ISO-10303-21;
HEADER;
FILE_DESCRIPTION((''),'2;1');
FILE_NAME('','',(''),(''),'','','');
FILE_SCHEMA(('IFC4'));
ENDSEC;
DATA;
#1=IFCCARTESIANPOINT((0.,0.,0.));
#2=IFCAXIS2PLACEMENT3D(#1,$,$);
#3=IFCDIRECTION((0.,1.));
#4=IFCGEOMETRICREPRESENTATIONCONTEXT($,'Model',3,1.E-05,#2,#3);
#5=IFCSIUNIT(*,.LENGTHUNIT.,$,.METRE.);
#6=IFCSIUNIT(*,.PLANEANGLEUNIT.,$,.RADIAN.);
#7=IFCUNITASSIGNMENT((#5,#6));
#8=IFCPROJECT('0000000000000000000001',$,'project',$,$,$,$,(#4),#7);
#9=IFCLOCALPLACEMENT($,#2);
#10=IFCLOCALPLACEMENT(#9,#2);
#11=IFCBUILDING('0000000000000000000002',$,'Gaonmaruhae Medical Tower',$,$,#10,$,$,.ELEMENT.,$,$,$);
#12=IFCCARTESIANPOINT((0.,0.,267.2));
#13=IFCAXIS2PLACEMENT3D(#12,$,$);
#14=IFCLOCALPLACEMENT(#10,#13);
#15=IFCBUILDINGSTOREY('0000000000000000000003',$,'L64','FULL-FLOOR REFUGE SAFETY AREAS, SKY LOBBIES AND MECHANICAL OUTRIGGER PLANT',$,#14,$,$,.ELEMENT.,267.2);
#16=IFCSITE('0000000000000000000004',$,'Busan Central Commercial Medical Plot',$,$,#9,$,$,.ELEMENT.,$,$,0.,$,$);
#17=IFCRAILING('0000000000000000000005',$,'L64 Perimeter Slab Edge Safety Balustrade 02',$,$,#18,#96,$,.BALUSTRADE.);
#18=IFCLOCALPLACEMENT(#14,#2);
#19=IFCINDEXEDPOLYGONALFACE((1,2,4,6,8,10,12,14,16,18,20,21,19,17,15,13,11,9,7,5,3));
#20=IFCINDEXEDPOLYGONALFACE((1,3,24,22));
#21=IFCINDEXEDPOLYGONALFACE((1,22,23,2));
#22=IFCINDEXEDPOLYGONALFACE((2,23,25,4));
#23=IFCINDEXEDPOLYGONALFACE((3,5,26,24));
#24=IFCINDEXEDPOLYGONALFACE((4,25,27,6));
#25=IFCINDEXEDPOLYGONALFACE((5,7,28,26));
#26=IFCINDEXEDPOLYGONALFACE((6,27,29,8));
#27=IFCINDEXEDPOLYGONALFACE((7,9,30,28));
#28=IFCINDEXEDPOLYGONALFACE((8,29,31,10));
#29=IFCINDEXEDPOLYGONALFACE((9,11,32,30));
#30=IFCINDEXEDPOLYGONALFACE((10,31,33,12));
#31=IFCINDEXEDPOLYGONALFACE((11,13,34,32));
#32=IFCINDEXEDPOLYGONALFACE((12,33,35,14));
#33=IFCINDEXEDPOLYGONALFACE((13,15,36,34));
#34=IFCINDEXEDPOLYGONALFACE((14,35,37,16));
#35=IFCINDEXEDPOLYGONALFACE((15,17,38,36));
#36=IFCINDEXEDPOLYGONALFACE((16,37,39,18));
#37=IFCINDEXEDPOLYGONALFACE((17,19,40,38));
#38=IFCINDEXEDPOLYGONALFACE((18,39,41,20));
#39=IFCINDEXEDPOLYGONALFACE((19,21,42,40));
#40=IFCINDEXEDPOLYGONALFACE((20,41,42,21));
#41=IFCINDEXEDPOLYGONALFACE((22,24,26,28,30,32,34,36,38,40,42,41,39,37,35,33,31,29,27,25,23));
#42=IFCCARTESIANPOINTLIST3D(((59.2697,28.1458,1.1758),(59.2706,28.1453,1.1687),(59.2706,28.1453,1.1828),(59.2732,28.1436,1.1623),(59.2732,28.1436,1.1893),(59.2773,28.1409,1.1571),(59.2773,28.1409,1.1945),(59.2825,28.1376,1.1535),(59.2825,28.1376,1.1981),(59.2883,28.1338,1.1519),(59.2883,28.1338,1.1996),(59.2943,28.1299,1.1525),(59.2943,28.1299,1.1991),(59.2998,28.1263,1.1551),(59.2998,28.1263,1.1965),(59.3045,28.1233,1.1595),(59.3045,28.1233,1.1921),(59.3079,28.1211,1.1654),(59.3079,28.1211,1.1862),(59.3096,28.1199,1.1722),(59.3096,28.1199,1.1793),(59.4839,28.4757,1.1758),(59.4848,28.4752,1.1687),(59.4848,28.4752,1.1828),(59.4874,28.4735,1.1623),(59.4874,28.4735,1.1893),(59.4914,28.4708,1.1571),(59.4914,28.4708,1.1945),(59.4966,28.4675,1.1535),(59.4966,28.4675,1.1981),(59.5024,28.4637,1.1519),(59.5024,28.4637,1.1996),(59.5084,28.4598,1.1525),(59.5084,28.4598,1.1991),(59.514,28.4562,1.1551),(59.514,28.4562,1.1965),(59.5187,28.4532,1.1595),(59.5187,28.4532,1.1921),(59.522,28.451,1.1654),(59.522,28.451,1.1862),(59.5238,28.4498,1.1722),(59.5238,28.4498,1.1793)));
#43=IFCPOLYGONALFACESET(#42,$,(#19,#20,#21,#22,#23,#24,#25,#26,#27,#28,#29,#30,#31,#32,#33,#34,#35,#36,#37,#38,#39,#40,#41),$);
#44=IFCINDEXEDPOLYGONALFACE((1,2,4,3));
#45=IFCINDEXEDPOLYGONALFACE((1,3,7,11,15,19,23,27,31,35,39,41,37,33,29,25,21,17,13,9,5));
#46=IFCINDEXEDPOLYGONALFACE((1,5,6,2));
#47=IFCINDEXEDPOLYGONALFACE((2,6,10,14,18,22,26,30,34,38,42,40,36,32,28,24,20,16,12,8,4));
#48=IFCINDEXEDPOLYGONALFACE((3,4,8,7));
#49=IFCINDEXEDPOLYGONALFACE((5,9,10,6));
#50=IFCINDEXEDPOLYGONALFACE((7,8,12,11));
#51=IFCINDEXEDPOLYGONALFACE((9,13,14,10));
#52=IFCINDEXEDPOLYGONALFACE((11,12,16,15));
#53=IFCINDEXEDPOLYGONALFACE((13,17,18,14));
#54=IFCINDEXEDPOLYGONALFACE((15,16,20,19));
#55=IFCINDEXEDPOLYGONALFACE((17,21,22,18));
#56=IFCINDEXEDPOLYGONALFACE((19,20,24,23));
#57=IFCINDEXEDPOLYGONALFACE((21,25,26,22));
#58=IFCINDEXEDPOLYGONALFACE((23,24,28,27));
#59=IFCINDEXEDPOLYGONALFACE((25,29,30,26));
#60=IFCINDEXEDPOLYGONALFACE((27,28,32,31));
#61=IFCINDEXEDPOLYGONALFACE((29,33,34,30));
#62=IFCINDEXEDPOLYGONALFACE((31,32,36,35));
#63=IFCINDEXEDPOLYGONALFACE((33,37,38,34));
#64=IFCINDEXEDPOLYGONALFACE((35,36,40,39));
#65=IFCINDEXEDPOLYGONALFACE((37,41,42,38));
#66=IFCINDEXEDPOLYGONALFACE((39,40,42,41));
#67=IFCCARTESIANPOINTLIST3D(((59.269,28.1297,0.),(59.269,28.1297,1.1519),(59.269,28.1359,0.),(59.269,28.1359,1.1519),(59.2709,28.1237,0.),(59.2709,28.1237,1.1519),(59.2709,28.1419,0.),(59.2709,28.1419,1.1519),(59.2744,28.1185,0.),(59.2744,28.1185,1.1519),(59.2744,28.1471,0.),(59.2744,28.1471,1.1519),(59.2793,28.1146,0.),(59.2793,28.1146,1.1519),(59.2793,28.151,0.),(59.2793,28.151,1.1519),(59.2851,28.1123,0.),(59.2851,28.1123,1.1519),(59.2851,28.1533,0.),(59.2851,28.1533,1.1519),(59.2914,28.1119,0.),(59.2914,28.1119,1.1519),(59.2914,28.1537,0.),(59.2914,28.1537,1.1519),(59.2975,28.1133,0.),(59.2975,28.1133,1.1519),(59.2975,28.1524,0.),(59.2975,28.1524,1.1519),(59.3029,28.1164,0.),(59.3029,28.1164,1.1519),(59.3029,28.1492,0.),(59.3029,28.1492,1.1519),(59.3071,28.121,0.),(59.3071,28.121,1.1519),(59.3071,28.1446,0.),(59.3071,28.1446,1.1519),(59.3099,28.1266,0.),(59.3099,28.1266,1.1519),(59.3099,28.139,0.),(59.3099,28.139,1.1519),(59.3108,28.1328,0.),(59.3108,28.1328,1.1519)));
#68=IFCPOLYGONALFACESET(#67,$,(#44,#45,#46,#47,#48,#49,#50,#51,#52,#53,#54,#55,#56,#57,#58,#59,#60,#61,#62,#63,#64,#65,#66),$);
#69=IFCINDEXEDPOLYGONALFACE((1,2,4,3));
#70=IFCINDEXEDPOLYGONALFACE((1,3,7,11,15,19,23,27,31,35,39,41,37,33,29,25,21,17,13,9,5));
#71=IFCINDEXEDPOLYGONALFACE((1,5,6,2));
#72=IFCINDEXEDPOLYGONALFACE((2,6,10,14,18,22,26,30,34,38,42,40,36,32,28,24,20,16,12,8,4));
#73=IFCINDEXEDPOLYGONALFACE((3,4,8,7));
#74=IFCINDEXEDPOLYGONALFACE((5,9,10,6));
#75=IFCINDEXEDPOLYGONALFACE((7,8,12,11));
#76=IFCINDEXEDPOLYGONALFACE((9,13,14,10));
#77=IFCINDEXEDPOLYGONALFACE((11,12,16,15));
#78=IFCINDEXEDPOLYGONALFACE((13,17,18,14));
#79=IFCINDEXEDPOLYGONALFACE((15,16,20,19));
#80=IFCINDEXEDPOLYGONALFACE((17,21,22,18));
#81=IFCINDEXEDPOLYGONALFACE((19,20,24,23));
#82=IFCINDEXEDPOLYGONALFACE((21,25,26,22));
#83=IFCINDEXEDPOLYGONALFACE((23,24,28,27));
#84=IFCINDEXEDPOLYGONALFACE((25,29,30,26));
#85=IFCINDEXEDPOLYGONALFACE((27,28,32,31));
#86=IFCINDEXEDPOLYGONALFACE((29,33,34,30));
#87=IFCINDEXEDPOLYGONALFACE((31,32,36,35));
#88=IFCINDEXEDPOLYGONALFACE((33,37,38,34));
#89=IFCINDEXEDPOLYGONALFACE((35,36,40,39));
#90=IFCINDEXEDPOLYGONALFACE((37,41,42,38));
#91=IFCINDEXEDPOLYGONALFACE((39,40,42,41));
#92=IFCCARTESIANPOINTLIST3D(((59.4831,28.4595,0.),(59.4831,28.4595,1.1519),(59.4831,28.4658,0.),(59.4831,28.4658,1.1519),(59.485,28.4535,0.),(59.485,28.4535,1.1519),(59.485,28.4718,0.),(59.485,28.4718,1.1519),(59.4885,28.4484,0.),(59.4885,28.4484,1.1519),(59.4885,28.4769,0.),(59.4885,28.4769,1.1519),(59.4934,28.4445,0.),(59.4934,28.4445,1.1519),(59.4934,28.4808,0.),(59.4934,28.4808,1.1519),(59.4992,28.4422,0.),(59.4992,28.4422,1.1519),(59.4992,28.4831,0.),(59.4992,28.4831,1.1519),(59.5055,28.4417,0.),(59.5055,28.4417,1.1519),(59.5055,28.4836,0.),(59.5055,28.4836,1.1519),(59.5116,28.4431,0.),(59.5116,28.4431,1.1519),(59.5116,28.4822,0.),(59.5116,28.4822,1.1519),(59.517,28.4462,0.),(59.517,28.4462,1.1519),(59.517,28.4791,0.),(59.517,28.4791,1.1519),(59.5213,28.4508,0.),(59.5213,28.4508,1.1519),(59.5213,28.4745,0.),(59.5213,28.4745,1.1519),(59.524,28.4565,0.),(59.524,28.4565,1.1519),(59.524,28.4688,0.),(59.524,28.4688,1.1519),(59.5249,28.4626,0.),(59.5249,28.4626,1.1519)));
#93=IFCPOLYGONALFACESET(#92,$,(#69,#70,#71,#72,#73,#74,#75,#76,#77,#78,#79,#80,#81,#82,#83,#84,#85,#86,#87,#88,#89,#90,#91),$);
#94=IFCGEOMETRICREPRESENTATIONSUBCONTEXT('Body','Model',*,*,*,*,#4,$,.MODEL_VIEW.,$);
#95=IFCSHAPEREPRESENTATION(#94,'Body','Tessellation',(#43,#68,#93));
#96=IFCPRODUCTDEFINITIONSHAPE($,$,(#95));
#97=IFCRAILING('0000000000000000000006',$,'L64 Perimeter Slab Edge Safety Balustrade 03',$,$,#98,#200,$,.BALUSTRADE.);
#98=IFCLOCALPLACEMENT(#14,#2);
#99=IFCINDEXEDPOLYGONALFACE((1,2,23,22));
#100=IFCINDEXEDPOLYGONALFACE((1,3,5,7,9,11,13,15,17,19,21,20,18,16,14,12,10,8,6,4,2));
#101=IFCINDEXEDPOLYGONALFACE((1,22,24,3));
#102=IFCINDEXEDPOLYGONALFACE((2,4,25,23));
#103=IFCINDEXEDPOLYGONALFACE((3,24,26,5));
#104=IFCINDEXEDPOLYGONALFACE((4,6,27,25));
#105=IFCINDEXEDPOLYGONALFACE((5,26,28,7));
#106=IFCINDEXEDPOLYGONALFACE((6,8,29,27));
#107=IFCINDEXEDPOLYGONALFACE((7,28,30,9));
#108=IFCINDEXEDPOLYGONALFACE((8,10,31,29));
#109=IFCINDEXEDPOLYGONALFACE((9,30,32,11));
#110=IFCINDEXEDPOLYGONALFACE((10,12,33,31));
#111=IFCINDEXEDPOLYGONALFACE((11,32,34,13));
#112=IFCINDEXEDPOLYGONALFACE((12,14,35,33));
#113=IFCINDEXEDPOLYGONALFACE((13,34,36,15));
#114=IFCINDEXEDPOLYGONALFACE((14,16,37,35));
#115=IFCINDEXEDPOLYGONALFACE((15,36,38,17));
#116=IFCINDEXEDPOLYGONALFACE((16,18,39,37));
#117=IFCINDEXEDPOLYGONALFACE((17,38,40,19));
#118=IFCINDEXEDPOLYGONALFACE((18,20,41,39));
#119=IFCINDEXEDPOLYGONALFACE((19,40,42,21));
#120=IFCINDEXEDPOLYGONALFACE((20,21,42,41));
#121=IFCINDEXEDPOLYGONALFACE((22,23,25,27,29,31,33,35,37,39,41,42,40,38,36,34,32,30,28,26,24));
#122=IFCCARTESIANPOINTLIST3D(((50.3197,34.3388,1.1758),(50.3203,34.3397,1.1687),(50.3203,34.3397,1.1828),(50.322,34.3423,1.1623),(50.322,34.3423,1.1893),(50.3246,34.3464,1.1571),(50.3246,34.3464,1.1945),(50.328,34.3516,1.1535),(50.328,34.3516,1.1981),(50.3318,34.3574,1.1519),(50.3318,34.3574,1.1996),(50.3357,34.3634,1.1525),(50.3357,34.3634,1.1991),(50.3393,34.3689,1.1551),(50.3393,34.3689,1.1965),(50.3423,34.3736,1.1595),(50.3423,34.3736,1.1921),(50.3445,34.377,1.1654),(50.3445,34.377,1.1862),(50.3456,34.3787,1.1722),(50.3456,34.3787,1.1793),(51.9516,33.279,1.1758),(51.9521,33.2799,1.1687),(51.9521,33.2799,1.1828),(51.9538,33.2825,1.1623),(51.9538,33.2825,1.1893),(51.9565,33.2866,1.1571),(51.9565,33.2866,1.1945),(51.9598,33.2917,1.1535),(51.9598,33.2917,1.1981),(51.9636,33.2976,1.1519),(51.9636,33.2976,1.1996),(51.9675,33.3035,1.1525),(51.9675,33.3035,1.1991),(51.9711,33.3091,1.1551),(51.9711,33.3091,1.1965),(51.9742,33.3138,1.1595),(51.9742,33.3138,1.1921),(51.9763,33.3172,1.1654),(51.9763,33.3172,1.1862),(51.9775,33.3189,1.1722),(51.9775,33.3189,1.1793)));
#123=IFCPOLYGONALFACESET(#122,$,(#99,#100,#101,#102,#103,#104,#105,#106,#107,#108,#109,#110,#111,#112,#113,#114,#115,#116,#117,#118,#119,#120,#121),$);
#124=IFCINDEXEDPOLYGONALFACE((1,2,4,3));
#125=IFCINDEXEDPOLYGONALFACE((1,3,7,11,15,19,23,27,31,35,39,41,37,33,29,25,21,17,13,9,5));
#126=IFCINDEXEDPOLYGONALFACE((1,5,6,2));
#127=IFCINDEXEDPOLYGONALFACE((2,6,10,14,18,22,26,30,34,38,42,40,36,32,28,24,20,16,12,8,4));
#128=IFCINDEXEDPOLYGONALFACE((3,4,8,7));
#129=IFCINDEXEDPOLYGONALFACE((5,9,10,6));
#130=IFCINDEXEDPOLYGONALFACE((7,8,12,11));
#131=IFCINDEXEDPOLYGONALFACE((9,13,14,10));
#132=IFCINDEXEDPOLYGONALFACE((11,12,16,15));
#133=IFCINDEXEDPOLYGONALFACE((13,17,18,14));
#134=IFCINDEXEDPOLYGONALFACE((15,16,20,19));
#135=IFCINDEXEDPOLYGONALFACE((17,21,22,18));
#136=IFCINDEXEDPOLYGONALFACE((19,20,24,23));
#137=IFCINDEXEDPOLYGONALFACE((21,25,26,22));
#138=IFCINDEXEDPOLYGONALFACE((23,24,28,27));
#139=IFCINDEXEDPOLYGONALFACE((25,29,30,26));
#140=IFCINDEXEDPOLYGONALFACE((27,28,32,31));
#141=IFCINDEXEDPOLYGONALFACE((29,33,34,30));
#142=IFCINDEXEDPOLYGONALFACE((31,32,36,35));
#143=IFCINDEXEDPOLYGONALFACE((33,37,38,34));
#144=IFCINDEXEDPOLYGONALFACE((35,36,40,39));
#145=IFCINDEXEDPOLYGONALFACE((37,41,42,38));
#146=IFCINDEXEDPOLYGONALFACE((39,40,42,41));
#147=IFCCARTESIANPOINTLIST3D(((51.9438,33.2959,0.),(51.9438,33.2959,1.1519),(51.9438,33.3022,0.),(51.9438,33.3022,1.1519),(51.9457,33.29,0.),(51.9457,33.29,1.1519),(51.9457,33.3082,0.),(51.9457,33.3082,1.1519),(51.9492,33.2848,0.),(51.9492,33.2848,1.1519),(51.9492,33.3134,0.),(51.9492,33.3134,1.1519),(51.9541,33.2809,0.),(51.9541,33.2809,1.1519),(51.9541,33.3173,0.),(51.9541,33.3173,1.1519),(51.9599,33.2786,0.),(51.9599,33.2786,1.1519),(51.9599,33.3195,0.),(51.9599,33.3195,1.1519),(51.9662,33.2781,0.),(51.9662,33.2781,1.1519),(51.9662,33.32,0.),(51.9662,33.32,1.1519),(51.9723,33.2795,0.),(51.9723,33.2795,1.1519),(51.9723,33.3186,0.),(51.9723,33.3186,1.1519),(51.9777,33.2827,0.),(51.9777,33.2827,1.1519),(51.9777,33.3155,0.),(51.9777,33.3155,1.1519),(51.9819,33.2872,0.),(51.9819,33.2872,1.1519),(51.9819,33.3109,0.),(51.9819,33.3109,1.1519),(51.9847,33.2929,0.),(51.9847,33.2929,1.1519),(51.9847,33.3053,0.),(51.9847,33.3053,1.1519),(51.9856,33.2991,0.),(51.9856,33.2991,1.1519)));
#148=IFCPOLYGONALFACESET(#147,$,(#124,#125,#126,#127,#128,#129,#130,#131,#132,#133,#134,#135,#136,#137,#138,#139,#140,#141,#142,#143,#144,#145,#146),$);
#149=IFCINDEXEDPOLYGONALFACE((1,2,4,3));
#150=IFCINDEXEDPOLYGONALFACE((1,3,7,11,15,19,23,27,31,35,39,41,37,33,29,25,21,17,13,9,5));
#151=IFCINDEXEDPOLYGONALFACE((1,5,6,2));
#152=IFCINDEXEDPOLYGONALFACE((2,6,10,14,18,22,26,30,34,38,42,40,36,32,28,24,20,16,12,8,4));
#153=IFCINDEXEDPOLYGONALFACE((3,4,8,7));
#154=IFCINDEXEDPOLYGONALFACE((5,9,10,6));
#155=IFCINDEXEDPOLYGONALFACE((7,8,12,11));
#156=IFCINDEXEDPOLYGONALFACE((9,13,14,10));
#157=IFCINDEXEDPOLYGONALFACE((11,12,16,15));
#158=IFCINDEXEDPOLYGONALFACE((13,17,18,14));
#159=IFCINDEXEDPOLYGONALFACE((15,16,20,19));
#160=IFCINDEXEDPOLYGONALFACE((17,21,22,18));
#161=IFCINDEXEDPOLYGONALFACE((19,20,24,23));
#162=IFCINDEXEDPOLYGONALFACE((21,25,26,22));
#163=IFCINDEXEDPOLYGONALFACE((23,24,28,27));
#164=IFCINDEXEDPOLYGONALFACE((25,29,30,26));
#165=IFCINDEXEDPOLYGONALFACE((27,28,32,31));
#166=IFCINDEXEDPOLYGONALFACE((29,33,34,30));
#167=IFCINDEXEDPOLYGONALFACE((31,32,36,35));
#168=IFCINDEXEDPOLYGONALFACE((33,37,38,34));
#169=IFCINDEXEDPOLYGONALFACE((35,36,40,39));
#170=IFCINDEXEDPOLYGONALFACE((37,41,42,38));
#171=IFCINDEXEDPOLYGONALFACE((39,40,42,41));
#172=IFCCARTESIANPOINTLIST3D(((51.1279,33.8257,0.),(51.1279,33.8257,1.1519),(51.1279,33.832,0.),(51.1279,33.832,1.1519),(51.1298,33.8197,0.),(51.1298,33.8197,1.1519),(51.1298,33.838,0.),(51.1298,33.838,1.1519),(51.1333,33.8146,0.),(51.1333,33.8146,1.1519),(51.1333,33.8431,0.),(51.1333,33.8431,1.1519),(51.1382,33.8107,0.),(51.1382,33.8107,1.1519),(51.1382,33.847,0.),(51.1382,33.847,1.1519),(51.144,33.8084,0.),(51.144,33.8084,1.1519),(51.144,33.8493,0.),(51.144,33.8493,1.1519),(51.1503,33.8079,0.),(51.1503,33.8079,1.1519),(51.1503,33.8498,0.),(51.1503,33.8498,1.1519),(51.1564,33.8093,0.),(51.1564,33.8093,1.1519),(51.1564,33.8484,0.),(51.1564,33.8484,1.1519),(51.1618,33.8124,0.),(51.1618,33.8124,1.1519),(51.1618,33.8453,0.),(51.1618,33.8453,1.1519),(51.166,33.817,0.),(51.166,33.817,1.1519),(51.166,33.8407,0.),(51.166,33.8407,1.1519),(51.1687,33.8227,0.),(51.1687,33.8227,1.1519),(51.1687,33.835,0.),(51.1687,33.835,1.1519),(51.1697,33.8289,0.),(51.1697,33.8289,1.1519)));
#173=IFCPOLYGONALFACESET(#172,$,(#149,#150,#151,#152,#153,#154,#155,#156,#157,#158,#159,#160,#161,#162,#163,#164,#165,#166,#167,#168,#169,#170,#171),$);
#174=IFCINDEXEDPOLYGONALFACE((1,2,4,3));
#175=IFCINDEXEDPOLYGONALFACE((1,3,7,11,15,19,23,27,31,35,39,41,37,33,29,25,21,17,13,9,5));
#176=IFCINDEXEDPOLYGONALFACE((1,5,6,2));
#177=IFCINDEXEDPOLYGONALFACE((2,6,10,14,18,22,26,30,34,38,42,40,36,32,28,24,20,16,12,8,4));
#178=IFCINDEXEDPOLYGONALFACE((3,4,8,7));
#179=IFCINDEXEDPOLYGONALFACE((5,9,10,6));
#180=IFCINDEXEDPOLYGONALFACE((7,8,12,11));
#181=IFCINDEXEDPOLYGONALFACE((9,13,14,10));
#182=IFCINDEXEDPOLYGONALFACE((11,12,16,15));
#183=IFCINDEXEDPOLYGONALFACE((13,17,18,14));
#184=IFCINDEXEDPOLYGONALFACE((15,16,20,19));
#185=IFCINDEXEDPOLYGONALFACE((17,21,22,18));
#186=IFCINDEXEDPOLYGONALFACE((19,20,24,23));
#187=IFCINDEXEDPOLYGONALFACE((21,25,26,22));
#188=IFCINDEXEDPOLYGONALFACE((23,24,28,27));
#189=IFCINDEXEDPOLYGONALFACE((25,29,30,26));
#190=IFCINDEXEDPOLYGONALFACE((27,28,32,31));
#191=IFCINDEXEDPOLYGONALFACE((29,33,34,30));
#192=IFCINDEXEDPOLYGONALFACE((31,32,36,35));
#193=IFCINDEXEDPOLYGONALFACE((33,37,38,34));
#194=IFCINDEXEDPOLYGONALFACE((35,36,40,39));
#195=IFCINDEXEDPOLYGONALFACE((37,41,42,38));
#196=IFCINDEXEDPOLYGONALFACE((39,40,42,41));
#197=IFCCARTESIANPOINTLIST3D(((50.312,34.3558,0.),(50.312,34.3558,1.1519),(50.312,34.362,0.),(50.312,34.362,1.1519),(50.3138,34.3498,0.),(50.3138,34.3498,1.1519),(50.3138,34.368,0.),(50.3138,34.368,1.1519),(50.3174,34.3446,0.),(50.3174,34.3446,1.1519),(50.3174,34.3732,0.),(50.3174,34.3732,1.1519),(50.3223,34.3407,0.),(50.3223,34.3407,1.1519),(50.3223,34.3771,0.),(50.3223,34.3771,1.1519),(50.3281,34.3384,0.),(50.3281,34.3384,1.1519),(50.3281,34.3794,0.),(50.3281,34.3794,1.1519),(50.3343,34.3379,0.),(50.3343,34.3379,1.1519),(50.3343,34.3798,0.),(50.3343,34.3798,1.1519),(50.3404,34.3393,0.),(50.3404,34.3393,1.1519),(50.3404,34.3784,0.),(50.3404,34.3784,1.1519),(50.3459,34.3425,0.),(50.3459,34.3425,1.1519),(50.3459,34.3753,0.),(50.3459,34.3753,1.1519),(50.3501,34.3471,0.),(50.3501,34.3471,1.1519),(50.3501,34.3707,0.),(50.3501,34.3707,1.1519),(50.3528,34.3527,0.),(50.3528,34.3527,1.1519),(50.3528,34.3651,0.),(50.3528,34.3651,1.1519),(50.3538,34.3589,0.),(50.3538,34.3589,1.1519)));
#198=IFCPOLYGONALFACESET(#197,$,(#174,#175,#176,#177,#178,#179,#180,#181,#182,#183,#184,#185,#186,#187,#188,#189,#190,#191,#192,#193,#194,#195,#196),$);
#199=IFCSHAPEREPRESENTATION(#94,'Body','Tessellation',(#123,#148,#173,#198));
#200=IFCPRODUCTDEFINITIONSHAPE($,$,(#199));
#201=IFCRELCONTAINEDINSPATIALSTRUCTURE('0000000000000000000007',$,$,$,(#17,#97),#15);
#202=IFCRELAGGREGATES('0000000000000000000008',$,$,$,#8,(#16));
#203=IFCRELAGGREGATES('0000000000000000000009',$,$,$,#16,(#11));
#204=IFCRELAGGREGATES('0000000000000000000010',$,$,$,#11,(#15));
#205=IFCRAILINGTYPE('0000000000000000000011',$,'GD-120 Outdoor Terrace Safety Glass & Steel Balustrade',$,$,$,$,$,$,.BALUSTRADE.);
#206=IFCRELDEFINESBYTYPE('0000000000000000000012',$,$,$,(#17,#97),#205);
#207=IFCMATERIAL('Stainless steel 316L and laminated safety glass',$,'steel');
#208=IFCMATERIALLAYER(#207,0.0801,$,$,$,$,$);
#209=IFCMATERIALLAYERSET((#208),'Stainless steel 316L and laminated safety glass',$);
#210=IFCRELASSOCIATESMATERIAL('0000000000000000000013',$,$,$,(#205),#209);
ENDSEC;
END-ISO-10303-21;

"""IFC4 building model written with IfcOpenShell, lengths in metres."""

from ifc_helpers import new_model, si_unit, direction, frame, origin, origin_2d, place, context, subcontext, project, spatial, circle, extrude, material, layer, layer_set, type_object, element, save


model = new_model("IFC4")

# Units and contexts
model_context = context("Model", 3, precision=1e-05, world=origin(), true_north=direction((0.0, 1.0)))
body_context = subcontext(model_context, "Body", "Model", "MODEL_VIEW")
ifc_project = project(units=[si_unit("LENGTHUNIT", "METRE"), si_unit("PLANEANGLEUNIT", "RADIAN")], contexts=[model_context])

# Site, building, storey
site_placement = place(None, origin())
site = spatial("IfcSite", under=ifc_project, at=site_placement, Name="Busan Central Commercial Medical Plot", CompositionType="ELEMENT", RefElevation=0.0)
building_placement = place(site_placement, origin())
building = spatial("IfcBuilding", under=site, at=building_placement, Name="Gaonmaruhae Medical Tower", CompositionType="ELEMENT")
storey_placement = place(building_placement, frame((0.0, 0.0, 267.2)))
storey = spatial("IfcBuildingStorey", under=building, at=storey_placement, Name="L64", Description="FULL-FLOOR REFUGE SAFETY AREAS, SKY LOBBIES AND MECHANICAL OUTRIGGER PLANT", CompositionType="ELEMENT", Elevation=267.2)

# Railings
ifc_material_1 = material(Name="Stainless steel 316L and laminated safety glass", Category="steel")
ifc_layer_1 = layer(ifc_material_1, 0.0801)
ifc_layer_set_1 = layer_set([ifc_layer_1], Name="Stainless steel 316L and laminated safety glass")
railing_type = type_object("IfcRailingType", Name="GD-120 Outdoor Terrace Safety Glass & Steel Balustrade", PredefinedType="BALUSTRADE", material=ifc_layer_set_1)
railing_1_placement = place(storey_placement, frame((59.2898, 28.1328, 0.0)))
element("IfcRailing", 1, at=railing_1_placement, inside=storey, type_object=railing_type, Name="L64 Perimeter Slab Edge Safety Balustrade 02", PredefinedType="BALUSTRADE", context=body_context, shape_type="SweptSolid", body=[
    extrude(circle(Radius=0.0239, at=origin_2d()), frame((0.0, 0.0, 1.1758), z_axis=(0.544486, 0.83877, 0.0), x_axis=(-0.83877, 0.544486, 0.0)), (0.0, 0.0, 1.0), 0.3933),
    extrude(circle(Radius=0.021, at=origin_2d()), origin(), (0.0, 0.0, 1.0), 1.1519),
    extrude(circle(Radius=0.021, at=origin_2d()), frame((0.2141, 0.3298, 0.0)), (0.0, 0.0, 1.0), 1.1519),
])
railing_2_placement = place(storey_placement, frame((51.9646, 33.2991, 0.0)))
element("IfcRailing", 2, at=railing_2_placement, inside=storey, type_object=railing_type, Name="L64 Perimeter Slab Edge Safety Balustrade 03", PredefinedType="BALUSTRADE", context=body_context, shape_type="SweptSolid", body=[
    extrude(circle(Radius=0.0239, at=origin_2d()), frame((0.0, 0.0, 1.1758), z_axis=(-0.83865, 0.544671, 0.0), x_axis=(-0.544671, -0.83865, 0.0)), (0.0, 0.0, 1.0), 1.9458),
    extrude(circle(Radius=0.021, at=origin_2d()), origin(), (0.0, 0.0, 1.0), 1.1519),
    extrude(circle(Radius=0.021, at=origin_2d()), frame((-0.8159, 0.5298, 0.0)), (0.0, 0.0, 1.0), 1.1519),
    extrude(circle(Radius=0.021, at=origin_2d()), frame((-1.6318, 1.0598, 0.0)), (0.0, 0.0, 1.0), 1.1519),
])

save(model, "model.ifc")
